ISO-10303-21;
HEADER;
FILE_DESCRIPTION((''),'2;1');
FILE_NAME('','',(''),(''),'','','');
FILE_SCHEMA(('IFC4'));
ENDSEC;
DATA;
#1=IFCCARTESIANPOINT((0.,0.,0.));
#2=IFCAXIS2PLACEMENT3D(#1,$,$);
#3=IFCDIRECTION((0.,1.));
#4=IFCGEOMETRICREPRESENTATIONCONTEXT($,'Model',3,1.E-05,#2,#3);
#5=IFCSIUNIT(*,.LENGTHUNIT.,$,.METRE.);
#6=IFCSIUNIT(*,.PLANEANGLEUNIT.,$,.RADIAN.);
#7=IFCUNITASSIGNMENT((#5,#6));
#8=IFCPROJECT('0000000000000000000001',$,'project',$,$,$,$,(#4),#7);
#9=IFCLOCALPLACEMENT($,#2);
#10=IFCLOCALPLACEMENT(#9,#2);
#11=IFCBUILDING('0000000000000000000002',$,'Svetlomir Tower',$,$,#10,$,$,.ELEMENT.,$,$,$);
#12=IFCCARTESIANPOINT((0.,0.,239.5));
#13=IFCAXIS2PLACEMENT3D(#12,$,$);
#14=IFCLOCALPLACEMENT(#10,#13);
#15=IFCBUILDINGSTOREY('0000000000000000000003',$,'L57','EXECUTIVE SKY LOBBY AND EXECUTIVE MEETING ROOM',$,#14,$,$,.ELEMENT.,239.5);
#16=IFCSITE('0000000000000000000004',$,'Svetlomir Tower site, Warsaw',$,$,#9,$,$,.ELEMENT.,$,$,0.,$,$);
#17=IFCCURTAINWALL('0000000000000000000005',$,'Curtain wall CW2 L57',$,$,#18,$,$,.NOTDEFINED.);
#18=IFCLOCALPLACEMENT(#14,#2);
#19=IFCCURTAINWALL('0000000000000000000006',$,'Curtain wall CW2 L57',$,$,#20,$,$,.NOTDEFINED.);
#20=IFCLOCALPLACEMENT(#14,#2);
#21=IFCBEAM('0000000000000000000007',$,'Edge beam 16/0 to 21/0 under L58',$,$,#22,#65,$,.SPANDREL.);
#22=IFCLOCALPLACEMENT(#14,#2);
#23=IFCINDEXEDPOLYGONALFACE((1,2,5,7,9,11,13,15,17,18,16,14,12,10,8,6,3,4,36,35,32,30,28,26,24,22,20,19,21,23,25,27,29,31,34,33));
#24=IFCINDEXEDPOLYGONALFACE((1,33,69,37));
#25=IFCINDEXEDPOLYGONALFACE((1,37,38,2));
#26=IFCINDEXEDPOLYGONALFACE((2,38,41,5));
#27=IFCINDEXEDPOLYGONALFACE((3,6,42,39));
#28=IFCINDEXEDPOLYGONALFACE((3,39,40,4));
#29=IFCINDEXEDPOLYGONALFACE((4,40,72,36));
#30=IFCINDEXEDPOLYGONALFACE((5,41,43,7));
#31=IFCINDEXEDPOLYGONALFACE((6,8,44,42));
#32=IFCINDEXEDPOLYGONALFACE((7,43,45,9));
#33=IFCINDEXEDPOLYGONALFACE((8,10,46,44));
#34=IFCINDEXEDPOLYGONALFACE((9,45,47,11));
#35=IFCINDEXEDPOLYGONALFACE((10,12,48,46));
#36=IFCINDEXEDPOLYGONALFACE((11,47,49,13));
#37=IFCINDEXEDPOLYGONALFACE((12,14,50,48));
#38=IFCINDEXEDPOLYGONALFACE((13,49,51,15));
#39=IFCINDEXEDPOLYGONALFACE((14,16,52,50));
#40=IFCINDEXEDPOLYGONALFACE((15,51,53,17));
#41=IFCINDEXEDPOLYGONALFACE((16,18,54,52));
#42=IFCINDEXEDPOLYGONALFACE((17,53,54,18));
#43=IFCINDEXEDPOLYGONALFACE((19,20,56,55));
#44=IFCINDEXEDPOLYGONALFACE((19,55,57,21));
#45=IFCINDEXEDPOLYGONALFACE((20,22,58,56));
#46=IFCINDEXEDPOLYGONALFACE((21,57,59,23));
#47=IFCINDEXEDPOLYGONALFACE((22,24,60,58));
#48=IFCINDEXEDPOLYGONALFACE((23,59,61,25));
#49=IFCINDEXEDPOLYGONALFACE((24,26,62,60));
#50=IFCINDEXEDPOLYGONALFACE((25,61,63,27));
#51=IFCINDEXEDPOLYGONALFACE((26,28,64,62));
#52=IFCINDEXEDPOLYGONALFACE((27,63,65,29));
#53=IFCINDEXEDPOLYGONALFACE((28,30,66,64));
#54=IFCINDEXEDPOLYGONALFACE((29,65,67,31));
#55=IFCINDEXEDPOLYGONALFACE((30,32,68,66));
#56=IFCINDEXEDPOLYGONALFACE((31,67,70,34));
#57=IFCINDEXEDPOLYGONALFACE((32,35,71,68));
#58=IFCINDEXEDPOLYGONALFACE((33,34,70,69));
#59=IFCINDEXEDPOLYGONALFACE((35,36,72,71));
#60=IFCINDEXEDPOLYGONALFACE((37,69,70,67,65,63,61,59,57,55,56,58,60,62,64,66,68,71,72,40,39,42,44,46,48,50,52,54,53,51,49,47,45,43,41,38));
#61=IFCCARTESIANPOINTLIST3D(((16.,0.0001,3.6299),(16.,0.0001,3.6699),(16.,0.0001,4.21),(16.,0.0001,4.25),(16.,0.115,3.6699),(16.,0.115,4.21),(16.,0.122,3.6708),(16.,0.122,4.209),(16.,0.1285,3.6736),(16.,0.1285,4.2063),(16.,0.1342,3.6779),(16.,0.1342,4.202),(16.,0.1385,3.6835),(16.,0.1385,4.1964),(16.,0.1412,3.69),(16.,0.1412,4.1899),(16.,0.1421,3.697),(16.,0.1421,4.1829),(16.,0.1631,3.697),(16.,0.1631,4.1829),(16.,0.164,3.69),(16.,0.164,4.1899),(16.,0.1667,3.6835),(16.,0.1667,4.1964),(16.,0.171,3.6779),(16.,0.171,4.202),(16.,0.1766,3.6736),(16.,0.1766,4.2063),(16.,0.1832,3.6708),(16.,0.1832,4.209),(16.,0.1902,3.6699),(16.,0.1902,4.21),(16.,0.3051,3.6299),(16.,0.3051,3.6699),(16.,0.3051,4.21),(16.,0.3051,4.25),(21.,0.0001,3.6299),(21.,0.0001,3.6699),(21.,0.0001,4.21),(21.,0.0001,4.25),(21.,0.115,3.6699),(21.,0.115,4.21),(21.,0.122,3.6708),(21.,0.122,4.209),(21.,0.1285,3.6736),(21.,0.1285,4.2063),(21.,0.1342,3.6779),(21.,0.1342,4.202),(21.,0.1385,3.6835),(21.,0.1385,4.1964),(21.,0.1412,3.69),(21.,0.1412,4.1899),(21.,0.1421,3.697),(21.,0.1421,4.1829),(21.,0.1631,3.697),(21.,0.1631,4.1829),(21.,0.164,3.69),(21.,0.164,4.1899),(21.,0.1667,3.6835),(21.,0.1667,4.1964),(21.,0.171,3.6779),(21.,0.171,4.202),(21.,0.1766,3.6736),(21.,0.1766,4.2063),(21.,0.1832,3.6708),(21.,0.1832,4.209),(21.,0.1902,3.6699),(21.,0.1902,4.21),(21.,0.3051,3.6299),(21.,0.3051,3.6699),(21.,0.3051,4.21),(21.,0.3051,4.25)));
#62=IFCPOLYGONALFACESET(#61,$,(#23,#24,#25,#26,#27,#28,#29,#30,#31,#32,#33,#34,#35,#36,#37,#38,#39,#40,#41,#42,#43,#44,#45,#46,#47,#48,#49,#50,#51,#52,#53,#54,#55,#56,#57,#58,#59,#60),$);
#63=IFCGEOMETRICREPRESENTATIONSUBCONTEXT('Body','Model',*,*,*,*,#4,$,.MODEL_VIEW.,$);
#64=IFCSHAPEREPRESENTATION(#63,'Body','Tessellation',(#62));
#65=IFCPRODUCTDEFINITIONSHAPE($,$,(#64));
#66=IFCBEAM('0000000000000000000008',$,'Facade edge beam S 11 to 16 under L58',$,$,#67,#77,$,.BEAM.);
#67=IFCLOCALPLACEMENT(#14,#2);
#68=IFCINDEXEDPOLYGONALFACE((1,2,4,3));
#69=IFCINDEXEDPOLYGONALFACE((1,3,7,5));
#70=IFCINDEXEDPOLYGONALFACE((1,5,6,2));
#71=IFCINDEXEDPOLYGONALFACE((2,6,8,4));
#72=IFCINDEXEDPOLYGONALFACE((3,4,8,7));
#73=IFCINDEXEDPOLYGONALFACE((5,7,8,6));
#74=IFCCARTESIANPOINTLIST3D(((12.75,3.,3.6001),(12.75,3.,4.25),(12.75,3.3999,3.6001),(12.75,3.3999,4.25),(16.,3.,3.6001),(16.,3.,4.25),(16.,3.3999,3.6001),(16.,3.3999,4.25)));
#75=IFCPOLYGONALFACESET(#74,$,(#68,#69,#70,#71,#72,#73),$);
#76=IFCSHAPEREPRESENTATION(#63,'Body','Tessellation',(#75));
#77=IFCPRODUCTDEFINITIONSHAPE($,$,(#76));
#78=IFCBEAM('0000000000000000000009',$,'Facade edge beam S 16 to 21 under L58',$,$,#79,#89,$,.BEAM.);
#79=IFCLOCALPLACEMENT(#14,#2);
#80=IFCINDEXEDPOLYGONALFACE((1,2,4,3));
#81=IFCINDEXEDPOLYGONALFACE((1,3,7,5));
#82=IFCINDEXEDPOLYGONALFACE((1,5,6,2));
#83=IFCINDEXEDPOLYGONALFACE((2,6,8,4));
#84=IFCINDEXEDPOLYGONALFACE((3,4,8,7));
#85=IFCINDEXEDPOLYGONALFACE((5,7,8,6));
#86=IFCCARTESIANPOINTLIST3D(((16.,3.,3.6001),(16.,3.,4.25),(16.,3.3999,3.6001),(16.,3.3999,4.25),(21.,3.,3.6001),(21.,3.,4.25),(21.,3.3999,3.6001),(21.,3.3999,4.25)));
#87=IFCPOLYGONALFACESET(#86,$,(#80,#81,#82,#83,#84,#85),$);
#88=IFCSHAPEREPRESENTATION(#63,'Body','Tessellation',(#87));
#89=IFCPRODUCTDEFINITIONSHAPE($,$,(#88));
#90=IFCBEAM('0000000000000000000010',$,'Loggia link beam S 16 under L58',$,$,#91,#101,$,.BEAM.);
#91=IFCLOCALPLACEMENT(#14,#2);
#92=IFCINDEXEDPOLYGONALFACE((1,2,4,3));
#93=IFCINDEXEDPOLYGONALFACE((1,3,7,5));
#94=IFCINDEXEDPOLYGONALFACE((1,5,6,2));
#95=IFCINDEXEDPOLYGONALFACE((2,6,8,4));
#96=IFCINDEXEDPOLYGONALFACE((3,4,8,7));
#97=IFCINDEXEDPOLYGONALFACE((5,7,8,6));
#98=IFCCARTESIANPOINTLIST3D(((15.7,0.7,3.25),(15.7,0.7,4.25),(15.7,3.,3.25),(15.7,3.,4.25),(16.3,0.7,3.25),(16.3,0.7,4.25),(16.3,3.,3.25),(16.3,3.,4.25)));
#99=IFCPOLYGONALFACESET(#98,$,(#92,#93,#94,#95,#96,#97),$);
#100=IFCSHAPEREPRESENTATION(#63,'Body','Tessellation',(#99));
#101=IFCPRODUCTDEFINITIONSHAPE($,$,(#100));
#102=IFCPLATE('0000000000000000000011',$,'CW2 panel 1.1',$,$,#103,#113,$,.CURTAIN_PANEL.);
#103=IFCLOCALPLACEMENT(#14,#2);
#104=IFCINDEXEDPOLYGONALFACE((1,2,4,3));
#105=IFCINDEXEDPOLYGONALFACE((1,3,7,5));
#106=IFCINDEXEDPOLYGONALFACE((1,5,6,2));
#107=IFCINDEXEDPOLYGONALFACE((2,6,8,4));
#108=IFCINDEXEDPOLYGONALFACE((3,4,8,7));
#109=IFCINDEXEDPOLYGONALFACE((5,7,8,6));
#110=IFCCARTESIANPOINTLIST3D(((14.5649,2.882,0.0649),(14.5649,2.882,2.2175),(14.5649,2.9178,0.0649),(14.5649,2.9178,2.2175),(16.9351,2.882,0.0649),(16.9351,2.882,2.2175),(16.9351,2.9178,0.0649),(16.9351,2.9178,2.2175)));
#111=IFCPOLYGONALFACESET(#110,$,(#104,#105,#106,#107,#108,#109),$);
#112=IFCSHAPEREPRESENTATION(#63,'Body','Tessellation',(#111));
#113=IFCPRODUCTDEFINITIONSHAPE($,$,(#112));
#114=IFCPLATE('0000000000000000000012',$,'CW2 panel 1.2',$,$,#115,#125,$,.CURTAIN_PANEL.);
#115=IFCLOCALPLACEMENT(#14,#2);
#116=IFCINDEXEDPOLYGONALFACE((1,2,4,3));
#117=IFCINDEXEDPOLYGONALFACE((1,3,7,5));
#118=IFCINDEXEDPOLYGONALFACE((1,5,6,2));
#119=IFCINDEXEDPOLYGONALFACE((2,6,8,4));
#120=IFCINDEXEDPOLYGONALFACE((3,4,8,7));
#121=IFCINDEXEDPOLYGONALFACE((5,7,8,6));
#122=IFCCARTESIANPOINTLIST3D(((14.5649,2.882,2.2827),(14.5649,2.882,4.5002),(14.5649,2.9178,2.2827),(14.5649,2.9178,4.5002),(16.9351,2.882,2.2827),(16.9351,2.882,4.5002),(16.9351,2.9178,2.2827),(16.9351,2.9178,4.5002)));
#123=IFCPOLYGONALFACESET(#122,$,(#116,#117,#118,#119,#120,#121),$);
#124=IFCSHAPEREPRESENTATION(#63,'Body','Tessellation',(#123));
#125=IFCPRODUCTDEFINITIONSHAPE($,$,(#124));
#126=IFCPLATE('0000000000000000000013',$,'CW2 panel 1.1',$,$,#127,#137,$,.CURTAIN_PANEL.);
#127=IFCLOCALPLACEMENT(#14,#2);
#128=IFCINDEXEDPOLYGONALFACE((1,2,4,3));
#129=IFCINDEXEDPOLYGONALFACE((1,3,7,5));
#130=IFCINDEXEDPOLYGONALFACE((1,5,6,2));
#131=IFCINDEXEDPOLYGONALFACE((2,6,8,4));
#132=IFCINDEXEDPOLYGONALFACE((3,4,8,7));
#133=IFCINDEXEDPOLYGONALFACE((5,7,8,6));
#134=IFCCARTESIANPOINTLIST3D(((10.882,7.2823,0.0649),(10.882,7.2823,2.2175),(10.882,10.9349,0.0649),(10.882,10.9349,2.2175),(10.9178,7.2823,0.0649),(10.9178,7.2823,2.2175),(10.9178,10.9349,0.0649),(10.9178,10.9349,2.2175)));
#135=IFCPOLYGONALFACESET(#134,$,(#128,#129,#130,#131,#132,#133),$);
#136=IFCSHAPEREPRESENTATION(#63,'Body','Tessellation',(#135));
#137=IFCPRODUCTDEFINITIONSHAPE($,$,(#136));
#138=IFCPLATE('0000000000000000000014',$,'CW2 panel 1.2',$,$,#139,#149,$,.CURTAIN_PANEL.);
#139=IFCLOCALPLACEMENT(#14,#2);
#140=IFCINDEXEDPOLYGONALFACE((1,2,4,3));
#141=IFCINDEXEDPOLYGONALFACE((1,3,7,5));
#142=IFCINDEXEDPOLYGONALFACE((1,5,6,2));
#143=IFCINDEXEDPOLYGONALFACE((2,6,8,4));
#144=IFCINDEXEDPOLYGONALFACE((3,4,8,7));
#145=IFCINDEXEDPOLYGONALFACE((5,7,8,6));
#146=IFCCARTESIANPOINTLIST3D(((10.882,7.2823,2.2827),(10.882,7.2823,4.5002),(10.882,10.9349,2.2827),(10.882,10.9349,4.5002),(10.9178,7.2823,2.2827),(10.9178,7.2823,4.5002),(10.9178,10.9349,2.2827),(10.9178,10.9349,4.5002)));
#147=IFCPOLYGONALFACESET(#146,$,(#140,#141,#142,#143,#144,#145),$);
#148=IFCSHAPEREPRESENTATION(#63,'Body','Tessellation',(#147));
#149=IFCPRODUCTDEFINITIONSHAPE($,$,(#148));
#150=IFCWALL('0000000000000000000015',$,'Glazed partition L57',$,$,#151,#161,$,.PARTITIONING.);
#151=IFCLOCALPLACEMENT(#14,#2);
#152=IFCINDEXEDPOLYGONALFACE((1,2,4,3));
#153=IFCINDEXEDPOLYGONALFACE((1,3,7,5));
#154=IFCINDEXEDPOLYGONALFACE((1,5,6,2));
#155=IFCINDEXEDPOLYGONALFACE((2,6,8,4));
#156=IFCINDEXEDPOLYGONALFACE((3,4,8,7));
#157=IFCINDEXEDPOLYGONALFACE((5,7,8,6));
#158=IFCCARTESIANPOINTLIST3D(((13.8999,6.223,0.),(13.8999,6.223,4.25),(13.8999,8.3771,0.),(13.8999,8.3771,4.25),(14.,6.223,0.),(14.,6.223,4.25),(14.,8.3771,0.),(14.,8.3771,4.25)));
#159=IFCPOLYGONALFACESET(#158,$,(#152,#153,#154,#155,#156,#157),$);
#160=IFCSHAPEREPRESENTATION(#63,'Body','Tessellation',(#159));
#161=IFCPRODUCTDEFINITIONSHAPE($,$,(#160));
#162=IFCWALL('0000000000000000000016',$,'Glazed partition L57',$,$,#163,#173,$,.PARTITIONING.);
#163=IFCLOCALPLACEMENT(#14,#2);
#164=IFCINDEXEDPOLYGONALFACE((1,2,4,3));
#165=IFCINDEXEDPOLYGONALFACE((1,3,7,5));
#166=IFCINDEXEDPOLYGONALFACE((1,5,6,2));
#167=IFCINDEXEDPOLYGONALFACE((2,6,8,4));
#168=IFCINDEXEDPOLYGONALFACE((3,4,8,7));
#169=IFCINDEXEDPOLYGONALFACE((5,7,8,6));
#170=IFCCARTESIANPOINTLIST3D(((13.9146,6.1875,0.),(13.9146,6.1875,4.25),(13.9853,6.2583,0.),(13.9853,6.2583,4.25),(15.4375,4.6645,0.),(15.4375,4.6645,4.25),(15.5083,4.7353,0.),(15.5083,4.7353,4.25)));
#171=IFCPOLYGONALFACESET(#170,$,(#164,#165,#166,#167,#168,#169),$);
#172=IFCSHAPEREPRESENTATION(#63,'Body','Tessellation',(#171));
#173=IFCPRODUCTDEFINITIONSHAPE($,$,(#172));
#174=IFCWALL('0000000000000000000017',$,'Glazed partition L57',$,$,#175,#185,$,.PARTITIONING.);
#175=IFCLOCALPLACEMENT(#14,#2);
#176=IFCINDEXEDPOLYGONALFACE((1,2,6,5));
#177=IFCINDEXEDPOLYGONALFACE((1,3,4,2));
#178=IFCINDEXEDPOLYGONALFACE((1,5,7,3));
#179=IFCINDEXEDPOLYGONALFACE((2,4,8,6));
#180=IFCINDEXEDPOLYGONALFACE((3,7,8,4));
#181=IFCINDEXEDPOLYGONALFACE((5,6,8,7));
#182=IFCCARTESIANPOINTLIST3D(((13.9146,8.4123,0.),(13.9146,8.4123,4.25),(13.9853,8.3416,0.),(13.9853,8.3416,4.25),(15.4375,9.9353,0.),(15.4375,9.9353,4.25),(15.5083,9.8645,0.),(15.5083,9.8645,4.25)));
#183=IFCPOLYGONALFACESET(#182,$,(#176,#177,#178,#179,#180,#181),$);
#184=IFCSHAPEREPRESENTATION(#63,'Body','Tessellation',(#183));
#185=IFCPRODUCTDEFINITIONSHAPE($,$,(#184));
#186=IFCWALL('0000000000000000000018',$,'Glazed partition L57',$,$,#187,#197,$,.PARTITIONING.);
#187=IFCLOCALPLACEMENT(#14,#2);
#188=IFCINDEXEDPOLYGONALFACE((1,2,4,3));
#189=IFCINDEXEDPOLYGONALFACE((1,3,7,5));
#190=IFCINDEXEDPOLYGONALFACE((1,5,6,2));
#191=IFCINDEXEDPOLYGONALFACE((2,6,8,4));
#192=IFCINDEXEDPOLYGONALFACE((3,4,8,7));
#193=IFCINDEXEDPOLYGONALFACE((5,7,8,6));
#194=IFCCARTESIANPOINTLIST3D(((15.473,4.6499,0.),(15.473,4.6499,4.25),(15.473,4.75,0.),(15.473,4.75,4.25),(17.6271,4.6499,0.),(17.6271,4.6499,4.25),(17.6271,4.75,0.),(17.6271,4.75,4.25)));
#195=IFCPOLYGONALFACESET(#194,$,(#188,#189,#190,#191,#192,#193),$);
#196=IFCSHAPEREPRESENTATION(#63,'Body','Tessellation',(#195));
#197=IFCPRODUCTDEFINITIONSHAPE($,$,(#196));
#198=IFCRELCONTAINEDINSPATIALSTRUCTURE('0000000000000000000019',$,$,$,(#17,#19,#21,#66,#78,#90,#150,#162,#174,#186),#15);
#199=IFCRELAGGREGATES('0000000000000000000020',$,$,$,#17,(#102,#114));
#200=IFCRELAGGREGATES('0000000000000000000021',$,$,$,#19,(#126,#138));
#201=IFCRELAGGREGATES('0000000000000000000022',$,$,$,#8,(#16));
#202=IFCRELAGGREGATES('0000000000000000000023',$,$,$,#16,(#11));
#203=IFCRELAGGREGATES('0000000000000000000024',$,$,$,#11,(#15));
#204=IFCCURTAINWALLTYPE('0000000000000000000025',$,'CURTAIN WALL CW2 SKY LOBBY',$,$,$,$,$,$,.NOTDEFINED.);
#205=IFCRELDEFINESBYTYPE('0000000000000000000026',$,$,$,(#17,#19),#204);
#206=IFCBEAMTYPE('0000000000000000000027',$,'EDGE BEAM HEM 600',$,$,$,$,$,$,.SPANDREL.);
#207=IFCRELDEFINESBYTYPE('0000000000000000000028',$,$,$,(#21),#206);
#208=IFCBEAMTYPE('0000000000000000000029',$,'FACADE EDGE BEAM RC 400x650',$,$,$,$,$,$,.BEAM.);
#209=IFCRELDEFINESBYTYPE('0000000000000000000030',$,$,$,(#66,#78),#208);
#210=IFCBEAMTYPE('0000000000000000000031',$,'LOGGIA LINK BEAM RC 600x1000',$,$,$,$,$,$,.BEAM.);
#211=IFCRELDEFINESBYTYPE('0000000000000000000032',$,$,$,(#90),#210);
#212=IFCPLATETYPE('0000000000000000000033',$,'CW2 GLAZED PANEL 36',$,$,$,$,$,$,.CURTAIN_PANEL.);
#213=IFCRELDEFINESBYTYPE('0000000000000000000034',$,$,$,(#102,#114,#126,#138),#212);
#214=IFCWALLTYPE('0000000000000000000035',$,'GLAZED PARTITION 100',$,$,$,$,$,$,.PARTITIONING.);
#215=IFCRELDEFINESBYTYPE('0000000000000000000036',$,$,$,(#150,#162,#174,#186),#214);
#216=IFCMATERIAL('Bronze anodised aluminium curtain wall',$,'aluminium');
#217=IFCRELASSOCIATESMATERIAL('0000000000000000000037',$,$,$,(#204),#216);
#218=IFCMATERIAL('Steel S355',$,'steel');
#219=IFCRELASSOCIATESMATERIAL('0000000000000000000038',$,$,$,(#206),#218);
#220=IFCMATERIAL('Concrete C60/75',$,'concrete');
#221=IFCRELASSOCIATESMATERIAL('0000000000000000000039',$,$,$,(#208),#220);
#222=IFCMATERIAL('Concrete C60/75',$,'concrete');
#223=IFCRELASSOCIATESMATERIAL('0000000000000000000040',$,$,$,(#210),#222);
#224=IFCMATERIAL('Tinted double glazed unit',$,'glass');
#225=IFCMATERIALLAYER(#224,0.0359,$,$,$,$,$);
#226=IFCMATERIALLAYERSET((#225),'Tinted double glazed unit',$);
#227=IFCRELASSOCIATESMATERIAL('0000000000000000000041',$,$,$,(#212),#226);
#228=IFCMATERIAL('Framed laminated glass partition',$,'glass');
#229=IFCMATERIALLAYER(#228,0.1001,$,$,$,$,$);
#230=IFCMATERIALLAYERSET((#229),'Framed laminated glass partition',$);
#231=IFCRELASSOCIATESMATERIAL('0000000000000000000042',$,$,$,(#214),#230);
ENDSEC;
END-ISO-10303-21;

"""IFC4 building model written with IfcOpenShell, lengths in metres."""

from ifc_helpers import new_model, si_unit, direction, frame, frame_2d, origin, origin_2d, place, context, subcontext, project, spatial, rectangle, i_section, extrude, material, layer, layer_set, material_profile, profile_set, type_object, element, aggregate, save


model = new_model("IFC4")

# Units and contexts
model_context = context("Model", 3, precision=1e-05, world=origin(), true_north=direction((0.0, 1.0)))
body_context = subcontext(model_context, "Body", "Model", "MODEL_VIEW")
ifc_project = project(units=[si_unit("LENGTHUNIT", "METRE"), si_unit("PLANEANGLEUNIT", "RADIAN")], contexts=[model_context])

# Site, building, storey
site_placement = place(None, origin())
site = spatial("IfcSite", under=ifc_project, at=site_placement, Name="Svetlomir Tower site, Warsaw", CompositionType="ELEMENT", RefElevation=0.0)
building_placement = place(site_placement, origin())
building = spatial("IfcBuilding", under=site, at=building_placement, Name="Svetlomir Tower", CompositionType="ELEMENT")
storey_placement = place(building_placement, frame((0.0, 0.0, 239.5)))
storey = spatial("IfcBuildingStorey", under=building, at=storey_placement, Name="L57", Description="EXECUTIVE SKY LOBBY AND EXECUTIVE MEETING ROOM", CompositionType="ELEMENT", Elevation=239.5)

# Curtain wall
ifc_material_1 = material(Name="Bronze anodised aluminium curtain wall", Category="aluminium")
curtain_wall_type = type_object("IfcCurtainWallType", Name="CURTAIN WALL CW2 SKY LOBBY", PredefinedType="NOTDEFINED", material=ifc_material_1)
curtain_wall_1_placement = place(storey_placement, origin())
curtain_wall_1 = element("IfcCurtainWall", 1, at=curtain_wall_1_placement, inside=storey, type_object=curtain_wall_type, Name="Curtain wall CW2 L57", PredefinedType="NOTDEFINED")

# Curtain wall
curtain_wall_2_placement = place(storey_placement, origin())
curtain_wall_2 = element("IfcCurtainWall", 2, at=curtain_wall_2_placement, inside=storey, type_object=curtain_wall_type, Name="Curtain wall CW2 L57", PredefinedType="NOTDEFINED")

# Beams
ifc_material_2 = material(Name="Steel S355", Category="steel")
ifc_material_profile_1 = material_profile(ifc_material_2, i_section(OverallWidth=0.3049, OverallDepth=0.6201, WebThickness=0.021, FlangeThickness=0.04, FilletRadius=0.0271, at=origin_2d()), Name="HEM 600")
ifc_profile_set_1 = profile_set([ifc_material_profile_1], Name="Steel S355")
beam_type_1 = type_object("IfcBeamType", Name="EDGE BEAM HEM 600", PredefinedType="SPANDREL", material=ifc_profile_set_1)
beam_1_placement = place(storey_placement, frame((16.0, 0.1526, 3.9399), z_axis=(1.0, 0.0, 0.0), x_axis=(0.0, 1.0, 0.0)))
element("IfcBeam", 3, at=beam_1_placement, inside=storey, type_object=beam_type_1, Name="Edge beam 16/0 to 21/0 under L58", PredefinedType="SPANDREL", context=body_context, shape_type="SweptSolid", body=[
    extrude(i_section(OverallWidth=0.3049, OverallDepth=0.6201, WebThickness=0.021, FlangeThickness=0.04, FilletRadius=0.0271, at=origin_2d()), origin(), (0.0, 0.0, 1.0), 5.0),
])
ifc_material_3 = material(Name="Concrete C60/75", Category="concrete")
ifc_material_profile_2 = material_profile(ifc_material_3, rectangle(XDim=0.3999, YDim=0.6499, at=origin_2d()), Name="RC 400x650")
ifc_profile_set_2 = profile_set([ifc_material_profile_2], Name="Concrete C60/75")
beam_type_2 = type_object("IfcBeamType", Name="FACADE EDGE BEAM RC 400x650", PredefinedType="BEAM", material=ifc_profile_set_2)
beam_2_placement = place(storey_placement, frame((12.75, 3.2, 3.925), z_axis=(1.0, 0.0, 0.0), x_axis=(0.0, 1.0, 0.0)))
element("IfcBeam", 4, at=beam_2_placement, inside=storey, type_object=beam_type_2, Name="Facade edge beam S 11 to 16 under L58", PredefinedType="BEAM", context=body_context, shape_type="SweptSolid", body=[
    extrude(rectangle(XDim=0.3999, YDim=0.6499, at=origin_2d()), origin(), (0.0, 0.0, 1.0), 3.25),
])
beam_3_placement = place(storey_placement, frame((16.0, 3.2, 3.925), z_axis=(1.0, 0.0, 0.0), x_axis=(0.0, 1.0, 0.0)))
element("IfcBeam", 5, at=beam_3_placement, inside=storey, type_object=beam_type_2, Name="Facade edge beam S 16 to 21 under L58", PredefinedType="BEAM", context=body_context, shape_type="SweptSolid", body=[
    extrude(rectangle(XDim=0.3999, YDim=0.6499, at=origin_2d()), origin(), (0.0, 0.0, 1.0), 5.0),
])
ifc_material_4 = material(Name="Concrete C60/75", Category="concrete")
ifc_material_profile_3 = material_profile(ifc_material_4, rectangle(XDim=0.6001, YDim=1.0, at=origin_2d()), Name="RC 600x1000")
ifc_profile_set_3 = profile_set([ifc_material_profile_3], Name="Concrete C60/75")
beam_type_3 = type_object("IfcBeamType", Name="LOGGIA LINK BEAM RC 600x1000", PredefinedType="BEAM", material=ifc_profile_set_3)
beam_4_placement = place(storey_placement, frame((16.0, 0.7, 3.75), z_axis=(0.0, 1.0, 0.0), x_axis=(-1.0, 0.0, 0.0)))
element("IfcBeam", 6, at=beam_4_placement, inside=storey, type_object=beam_type_3, Name="Loggia link beam S 16 under L58", PredefinedType="BEAM", context=body_context, shape_type="SweptSolid", body=[
    extrude(rectangle(XDim=0.6001, YDim=1.0, at=origin_2d()), origin(), (0.0, 0.0, 1.0), 2.3),
])

# Plates
ifc_material_5 = material(Name="Tinted double glazed unit", Category="glass")
ifc_layer_1 = layer(ifc_material_5, 0.0359)
ifc_layer_set_1 = layer_set([ifc_layer_1], Name="Tinted double glazed unit")
plate_type = type_object("IfcPlateType", Name="CW2 GLAZED PANEL 36", PredefinedType="CURTAIN_PANEL", material=ifc_layer_set_1)
plate_1_placement = place(storey_placement, frame((15.75, 2.8999, 0.0649), z_axis=(0.0, 0.0, 1.0), x_axis=(1.0, 0.0, 0.0)))
plate_1 = element("IfcPlate", 7, at=plate_1_placement, type_object=plate_type, Name="CW2 panel 1.1", PredefinedType="CURTAIN_PANEL", context=body_context, shape_type="SweptSolid", body=[
    extrude(rectangle(XDim=2.3701, YDim=0.0359, at=origin_2d()), origin(), (0.0, 0.0, 1.0), 2.1526),
])
plate_2_placement = place(storey_placement, frame((15.75, 2.8999, 2.2827), z_axis=(0.0, 0.0, 1.0), x_axis=(1.0, 0.0, 0.0)))
plate_2 = element("IfcPlate", 8, at=plate_2_placement, type_object=plate_type, Name="CW2 panel 1.2", PredefinedType="CURTAIN_PANEL", context=body_context, shape_type="SweptSolid", body=[
    extrude(rectangle(XDim=2.3701, YDim=0.0359, at=origin_2d()), origin(), (0.0, 0.0, 1.0), 2.2175),
])
aggregate(curtain_wall_1, [plate_1, plate_2])
plate_3_placement = place(storey_placement, frame((10.8999, 9.1086, 0.0649), z_axis=(0.0, 0.0, 1.0), x_axis=(0.0, -1.0, 0.0)))
plate_3 = element("IfcPlate", 9, at=plate_3_placement, type_object=plate_type, Name="CW2 panel 1.1", PredefinedType="CURTAIN_PANEL", context=body_context, shape_type="SweptSolid", body=[
    extrude(rectangle(XDim=3.6526, YDim=0.0359, at=origin_2d()), origin(), (0.0, 0.0, 1.0), 2.1526),
])
plate_4_placement = place(storey_placement, frame((10.8999, 9.1086, 2.2827), z_axis=(0.0, 0.0, 1.0), x_axis=(0.0, -1.0, 0.0)))
plate_4 = element("IfcPlate", 10, at=plate_4_placement, type_object=plate_type, Name="CW2 panel 1.2", PredefinedType="CURTAIN_PANEL", context=body_context, shape_type="SweptSolid", body=[
    extrude(rectangle(XDim=3.6526, YDim=0.0359, at=origin_2d()), origin(), (0.0, 0.0, 1.0), 2.2175),
])
aggregate(curtain_wall_2, [plate_3, plate_4])

# Walls
ifc_material_6 = material(Name="Framed laminated glass partition", Category="glass")
ifc_layer_2 = layer(ifc_material_6, 0.1001)
ifc_layer_set_2 = layer_set([ifc_layer_2], Name="Framed laminated glass partition")
wall_type = type_object("IfcWallType", Name="GLAZED PARTITION 100", PredefinedType="PARTITIONING", material=ifc_layer_set_2)
wall_1_placement = place(storey_placement, frame((13.95, 6.2229, 0.0), z_axis=(0.0, 0.0, 1.0), x_axis=(0.0, 1.0, 0.0)))
element("IfcWall", 11, at=wall_1_placement, inside=storey, type_object=wall_type, Name="Glazed partition L57", PredefinedType="PARTITIONING", context=body_context, shape_type="SweptSolid", body=[
    extrude(rectangle(XDim=2.1541, YDim=0.1001, at=frame_2d((1.0771, 0.0))), origin(), (0.0, 0.0, 1.0), 4.25),
])
for number, where, z_axis, x_axis, name in (
    (12, (13.95, 6.2229, 0.0), (0.0, 0.0, 1.0), (0.707107, -0.707107, 0.0), "Glazed partition L57"),
    (13, (13.95, 8.377, 0.0), (0.0, 0.0, 1.0), (0.707107, 0.707107, 0.0), "Glazed partition L57"),
):
    element("IfcWall", number, at=place(storey_placement, frame(where, z_axis=z_axis, x_axis=x_axis)), inside=storey, type_object=wall_type, Name=name, PredefinedType="PARTITIONING", context=body_context, shape_type="SweptSolid", body=[
        extrude(rectangle(XDim=2.1538, YDim=0.1001, at=frame_2d((1.0769, 0.0))), origin(), (0.0, 0.0, 1.0), 4.25),
    ])
wall_2_placement = place(storey_placement, frame((15.4729, 4.7, 0.0), z_axis=(0.0, 0.0, 1.0), x_axis=(1.0, 0.0, 0.0)))
element("IfcWall", 14, at=wall_2_placement, inside=storey, type_object=wall_type, Name="Glazed partition L57", PredefinedType="PARTITIONING", context=body_context, shape_type="SweptSolid", body=[
    extrude(rectangle(XDim=2.1541, YDim=0.1001, at=frame_2d((1.0771, 0.0))), origin(), (0.0, 0.0, 1.0), 4.25),
])

save(model, "model.ifc")
